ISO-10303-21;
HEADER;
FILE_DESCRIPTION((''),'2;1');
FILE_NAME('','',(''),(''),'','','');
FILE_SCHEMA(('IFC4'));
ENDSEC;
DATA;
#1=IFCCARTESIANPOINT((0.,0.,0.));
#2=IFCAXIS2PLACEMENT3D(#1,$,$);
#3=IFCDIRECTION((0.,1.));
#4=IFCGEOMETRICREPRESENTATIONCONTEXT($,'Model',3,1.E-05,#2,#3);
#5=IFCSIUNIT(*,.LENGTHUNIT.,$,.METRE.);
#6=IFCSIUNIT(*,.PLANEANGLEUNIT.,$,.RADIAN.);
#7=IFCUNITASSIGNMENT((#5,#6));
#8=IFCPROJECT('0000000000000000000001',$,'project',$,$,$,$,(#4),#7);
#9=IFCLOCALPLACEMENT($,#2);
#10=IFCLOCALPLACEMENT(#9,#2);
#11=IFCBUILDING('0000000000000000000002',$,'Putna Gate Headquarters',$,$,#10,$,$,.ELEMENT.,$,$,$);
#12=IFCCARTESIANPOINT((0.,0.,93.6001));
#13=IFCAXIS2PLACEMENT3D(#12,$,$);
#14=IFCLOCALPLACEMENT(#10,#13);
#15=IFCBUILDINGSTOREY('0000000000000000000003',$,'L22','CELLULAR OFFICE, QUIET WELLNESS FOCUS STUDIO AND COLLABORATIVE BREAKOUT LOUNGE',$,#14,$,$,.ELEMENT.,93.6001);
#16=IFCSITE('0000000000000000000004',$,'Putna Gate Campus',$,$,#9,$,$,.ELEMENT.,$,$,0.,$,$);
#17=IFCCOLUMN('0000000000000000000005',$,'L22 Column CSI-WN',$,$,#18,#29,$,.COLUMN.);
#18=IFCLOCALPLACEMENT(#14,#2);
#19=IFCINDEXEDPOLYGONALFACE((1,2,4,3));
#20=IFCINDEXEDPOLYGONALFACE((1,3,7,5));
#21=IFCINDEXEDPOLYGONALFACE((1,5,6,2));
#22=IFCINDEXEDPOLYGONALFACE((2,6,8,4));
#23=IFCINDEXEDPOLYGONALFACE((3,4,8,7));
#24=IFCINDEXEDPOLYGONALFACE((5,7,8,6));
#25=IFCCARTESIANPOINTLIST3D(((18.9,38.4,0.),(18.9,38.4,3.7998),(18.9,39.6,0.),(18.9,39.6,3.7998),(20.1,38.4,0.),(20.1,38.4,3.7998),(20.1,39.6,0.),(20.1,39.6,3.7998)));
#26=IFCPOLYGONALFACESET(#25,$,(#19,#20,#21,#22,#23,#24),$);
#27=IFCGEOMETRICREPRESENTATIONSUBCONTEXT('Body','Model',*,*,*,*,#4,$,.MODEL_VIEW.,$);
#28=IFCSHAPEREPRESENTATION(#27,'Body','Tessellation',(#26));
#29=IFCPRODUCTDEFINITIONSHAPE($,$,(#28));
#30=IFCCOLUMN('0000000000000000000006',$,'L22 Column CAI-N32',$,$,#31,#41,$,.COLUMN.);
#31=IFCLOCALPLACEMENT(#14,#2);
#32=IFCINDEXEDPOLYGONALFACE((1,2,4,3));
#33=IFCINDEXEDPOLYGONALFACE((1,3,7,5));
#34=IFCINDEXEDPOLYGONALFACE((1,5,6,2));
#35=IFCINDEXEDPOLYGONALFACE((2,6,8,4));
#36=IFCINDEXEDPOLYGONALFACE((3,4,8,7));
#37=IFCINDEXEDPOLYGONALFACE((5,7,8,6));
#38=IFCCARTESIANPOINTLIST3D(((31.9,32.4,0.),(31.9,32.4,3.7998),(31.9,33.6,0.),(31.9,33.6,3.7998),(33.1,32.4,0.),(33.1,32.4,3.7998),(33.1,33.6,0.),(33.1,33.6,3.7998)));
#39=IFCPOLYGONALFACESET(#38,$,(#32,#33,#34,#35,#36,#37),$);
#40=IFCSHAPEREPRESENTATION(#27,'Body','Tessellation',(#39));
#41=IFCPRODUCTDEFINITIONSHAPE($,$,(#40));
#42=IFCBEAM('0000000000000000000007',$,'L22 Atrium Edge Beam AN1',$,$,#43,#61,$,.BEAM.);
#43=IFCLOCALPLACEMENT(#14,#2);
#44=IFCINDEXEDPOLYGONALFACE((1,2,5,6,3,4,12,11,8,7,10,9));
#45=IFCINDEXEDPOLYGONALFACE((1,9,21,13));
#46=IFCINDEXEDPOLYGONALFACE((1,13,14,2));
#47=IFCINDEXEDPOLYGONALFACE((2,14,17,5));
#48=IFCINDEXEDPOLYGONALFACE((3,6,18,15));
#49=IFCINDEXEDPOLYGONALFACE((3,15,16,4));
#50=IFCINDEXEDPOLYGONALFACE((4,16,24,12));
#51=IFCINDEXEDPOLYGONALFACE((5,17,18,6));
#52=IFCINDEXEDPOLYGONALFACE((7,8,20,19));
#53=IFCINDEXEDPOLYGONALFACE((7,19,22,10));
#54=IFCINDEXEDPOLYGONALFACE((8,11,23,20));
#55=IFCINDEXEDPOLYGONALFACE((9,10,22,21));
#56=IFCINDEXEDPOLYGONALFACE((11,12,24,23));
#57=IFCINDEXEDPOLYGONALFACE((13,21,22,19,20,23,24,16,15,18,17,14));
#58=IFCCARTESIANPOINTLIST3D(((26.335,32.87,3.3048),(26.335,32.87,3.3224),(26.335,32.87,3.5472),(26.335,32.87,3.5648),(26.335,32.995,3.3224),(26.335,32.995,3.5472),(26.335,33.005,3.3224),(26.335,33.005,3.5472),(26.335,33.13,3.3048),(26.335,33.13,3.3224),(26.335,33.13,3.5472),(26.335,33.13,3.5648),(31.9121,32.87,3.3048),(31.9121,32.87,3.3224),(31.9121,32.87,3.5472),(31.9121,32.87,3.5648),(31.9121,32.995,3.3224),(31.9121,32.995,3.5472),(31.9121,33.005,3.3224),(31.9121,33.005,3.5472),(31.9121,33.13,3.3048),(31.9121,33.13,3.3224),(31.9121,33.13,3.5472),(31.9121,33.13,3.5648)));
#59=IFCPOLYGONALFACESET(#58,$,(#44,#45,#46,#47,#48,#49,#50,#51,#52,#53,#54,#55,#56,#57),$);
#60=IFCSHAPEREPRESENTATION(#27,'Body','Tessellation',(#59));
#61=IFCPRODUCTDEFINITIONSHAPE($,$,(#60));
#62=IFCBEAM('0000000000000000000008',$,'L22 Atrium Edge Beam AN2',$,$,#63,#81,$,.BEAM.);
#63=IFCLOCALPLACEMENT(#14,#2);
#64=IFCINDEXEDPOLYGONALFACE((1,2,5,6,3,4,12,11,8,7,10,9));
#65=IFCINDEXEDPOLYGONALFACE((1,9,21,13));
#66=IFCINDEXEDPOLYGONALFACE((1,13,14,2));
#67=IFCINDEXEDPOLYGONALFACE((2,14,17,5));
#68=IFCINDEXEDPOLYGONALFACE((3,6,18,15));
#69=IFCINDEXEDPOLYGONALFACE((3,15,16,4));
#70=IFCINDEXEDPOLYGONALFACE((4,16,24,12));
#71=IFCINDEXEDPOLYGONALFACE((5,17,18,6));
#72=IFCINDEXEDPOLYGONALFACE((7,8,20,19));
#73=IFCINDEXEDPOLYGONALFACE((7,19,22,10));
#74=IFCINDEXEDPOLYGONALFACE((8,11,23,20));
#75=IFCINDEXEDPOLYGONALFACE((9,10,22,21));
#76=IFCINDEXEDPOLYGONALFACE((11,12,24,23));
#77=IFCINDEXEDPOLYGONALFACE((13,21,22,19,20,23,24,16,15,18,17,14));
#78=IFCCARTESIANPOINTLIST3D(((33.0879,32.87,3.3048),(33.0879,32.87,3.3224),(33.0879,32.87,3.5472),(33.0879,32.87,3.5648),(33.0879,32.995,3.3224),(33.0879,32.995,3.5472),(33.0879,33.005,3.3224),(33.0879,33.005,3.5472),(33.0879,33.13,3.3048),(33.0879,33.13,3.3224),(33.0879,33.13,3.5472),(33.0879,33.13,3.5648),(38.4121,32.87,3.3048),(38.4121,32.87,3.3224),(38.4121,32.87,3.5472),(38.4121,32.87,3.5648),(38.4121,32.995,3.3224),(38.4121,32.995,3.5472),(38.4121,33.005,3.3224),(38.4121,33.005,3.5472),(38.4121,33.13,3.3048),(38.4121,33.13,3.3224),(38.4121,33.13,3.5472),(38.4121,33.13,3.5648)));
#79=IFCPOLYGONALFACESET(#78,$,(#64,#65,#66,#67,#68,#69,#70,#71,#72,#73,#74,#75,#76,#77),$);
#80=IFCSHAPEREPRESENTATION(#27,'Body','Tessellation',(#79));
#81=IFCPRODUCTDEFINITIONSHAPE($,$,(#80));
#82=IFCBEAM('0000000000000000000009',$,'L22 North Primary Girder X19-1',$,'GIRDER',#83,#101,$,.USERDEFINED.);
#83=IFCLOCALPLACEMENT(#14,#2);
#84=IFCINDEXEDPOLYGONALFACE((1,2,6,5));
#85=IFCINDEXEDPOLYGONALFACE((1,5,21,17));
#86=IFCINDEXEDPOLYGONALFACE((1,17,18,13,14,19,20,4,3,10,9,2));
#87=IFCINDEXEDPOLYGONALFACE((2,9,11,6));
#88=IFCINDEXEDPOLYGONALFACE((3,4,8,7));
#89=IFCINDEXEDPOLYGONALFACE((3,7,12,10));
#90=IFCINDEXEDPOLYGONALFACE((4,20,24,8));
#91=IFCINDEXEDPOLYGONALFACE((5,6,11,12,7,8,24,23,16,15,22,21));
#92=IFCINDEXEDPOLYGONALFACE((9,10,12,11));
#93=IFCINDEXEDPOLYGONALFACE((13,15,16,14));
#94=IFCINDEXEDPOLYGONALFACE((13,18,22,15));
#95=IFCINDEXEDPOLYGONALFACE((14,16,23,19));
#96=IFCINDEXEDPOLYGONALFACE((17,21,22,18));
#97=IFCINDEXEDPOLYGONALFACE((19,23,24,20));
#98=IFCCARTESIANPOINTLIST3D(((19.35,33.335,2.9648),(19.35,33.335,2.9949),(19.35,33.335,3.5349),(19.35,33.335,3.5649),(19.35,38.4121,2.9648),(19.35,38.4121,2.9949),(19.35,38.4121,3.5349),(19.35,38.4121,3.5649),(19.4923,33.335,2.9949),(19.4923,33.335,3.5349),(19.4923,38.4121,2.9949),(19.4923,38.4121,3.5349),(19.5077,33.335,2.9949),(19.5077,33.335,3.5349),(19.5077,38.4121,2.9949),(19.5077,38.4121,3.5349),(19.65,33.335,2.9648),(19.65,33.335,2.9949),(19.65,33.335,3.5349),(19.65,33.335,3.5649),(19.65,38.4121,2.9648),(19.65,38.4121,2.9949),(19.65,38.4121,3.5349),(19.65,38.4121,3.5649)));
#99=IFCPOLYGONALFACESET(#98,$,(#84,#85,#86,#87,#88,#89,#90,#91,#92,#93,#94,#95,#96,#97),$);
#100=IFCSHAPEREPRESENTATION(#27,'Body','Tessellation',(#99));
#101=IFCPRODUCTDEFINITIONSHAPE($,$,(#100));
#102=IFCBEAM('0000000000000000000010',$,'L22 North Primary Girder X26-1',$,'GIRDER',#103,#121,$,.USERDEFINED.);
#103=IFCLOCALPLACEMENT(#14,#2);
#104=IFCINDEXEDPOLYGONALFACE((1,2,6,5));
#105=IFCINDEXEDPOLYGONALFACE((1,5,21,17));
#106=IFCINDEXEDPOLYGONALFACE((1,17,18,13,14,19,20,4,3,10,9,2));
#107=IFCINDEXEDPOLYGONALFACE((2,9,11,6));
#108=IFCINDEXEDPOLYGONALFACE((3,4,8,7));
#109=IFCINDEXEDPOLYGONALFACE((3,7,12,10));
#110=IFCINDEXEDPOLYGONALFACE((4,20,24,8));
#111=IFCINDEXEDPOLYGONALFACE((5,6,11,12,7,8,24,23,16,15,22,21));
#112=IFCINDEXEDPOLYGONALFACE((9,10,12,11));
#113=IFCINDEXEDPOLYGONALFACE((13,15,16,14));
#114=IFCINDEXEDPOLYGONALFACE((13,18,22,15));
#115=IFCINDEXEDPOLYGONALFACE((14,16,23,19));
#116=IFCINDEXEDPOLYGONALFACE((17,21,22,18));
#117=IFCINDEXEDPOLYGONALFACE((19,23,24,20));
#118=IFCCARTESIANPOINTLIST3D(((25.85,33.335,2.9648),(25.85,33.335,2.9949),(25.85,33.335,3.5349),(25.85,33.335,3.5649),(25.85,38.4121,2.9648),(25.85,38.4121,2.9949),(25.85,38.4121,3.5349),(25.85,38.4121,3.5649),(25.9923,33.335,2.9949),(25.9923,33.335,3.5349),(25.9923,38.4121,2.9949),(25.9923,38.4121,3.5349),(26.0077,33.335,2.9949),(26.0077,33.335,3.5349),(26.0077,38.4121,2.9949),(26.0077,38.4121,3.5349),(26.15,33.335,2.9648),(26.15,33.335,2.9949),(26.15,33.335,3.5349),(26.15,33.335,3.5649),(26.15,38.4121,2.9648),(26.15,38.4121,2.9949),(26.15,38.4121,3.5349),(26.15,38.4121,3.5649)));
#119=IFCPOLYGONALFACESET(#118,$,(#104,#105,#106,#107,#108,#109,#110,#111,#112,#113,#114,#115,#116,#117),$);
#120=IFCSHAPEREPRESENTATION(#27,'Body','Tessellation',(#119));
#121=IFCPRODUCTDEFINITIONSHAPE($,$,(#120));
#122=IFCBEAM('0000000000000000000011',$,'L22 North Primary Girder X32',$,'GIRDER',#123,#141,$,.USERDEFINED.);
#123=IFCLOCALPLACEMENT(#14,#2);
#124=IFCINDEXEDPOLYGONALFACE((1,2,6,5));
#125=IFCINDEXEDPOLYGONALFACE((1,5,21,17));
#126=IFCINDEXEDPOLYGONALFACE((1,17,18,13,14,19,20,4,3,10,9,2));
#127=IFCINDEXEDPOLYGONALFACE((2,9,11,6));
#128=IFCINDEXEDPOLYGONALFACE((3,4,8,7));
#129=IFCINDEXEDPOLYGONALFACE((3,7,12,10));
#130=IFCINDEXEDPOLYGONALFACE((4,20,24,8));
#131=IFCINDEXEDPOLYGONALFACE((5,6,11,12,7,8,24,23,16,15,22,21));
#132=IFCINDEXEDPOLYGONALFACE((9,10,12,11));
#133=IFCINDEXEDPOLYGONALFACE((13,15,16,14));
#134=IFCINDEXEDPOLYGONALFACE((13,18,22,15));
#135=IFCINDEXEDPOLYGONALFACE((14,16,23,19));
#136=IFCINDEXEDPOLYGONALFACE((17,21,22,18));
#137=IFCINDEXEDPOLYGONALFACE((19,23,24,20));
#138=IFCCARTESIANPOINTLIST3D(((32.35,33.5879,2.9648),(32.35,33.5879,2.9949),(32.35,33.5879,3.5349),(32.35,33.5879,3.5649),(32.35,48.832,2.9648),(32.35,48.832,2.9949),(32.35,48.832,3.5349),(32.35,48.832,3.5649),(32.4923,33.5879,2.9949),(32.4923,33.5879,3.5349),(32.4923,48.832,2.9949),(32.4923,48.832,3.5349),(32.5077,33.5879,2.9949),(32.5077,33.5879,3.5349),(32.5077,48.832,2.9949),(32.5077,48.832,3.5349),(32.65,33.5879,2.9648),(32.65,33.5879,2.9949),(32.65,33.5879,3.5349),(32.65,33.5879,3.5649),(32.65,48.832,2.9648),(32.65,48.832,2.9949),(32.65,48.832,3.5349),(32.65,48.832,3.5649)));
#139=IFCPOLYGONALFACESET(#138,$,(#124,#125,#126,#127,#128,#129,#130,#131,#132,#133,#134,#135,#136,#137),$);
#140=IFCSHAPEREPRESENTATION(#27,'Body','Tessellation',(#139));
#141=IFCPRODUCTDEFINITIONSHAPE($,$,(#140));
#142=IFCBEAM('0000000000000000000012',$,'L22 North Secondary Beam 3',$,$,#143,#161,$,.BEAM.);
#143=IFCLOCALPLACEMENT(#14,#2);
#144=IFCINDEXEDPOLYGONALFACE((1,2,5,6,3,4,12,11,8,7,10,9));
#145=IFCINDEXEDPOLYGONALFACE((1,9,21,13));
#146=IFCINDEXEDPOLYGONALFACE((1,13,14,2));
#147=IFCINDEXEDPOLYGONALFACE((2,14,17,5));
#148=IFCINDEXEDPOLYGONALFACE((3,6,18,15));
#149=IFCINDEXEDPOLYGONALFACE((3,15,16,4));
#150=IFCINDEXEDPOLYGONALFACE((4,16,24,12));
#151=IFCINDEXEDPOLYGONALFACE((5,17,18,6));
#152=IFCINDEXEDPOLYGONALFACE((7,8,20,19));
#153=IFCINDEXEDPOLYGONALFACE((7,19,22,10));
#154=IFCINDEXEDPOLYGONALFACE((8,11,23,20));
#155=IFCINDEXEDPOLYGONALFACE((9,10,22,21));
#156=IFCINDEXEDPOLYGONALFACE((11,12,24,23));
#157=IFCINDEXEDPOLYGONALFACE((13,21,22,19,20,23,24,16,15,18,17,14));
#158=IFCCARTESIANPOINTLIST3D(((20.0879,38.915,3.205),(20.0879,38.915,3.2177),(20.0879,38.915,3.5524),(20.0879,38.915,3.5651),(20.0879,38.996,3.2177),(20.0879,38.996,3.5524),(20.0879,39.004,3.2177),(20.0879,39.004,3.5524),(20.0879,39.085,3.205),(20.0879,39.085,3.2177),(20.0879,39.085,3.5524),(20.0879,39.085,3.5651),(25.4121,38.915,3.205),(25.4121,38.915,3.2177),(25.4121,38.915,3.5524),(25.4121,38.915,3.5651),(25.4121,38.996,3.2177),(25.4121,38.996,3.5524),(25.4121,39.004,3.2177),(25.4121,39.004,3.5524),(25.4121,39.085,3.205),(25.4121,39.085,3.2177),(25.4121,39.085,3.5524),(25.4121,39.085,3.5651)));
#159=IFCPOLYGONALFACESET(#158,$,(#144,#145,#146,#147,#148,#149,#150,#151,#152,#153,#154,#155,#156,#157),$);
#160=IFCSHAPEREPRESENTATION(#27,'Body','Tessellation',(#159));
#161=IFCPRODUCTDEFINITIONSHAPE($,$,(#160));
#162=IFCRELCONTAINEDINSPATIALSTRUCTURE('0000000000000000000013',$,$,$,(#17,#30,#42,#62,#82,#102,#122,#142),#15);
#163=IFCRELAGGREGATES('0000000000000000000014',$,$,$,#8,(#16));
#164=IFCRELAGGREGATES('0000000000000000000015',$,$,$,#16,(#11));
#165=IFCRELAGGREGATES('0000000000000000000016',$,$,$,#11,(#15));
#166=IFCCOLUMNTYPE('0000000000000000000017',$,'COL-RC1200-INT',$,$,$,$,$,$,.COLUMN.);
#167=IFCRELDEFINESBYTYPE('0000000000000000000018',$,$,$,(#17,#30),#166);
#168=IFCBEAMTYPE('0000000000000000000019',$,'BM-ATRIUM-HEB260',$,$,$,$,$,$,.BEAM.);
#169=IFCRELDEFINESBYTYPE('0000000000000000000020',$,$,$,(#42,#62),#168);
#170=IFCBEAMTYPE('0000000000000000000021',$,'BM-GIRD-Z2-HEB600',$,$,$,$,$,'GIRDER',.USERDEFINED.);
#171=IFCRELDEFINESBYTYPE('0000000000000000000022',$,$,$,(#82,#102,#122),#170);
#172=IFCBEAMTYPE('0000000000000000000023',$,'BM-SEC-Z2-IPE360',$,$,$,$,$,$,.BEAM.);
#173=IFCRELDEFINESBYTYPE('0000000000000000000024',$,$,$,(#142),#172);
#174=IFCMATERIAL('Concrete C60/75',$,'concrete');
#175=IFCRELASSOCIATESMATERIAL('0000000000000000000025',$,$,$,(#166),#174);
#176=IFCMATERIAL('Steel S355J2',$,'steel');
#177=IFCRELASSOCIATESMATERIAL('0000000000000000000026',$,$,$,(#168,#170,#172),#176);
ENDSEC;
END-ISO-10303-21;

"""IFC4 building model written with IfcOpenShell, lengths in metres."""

from ifc_helpers import new_model, si_unit, direction, frame, origin, origin_2d, place, context, subcontext, project, spatial, rectangle, i_section, extrude, material, material_profile, profile_set, type_object, element, save


model = new_model("IFC4")

# Units and contexts
model_context = context("Model", 3, precision=1e-05, world=origin(), true_north=direction((0.0, 1.0)))
body_context = subcontext(model_context, "Body", "Model", "MODEL_VIEW")
ifc_project = project(units=[si_unit("LENGTHUNIT", "METRE"), si_unit("PLANEANGLEUNIT", "RADIAN")], contexts=[model_context])

# Site, building, storey
site_placement = place(None, origin())
site = spatial("IfcSite", under=ifc_project, at=site_placement, Name="Putna Gate Campus", CompositionType="ELEMENT", RefElevation=0.0)
building_placement = place(site_placement, origin())
building = spatial("IfcBuilding", under=site, at=building_placement, Name="Putna Gate Headquarters", CompositionType="ELEMENT")
storey_placement = place(building_placement, frame((0.0, 0.0, 93.6001)))
storey = spatial("IfcBuildingStorey", under=building, at=storey_placement, Name="L22", Description="CELLULAR OFFICE, QUIET WELLNESS FOCUS STUDIO AND COLLABORATIVE BREAKOUT LOUNGE", CompositionType="ELEMENT", Elevation=93.6001)

# Columns
ifc_material_1 = material(Name="Concrete C60/75", Category="concrete")
ifc_material_profile_1 = material_profile(ifc_material_1, rectangle(XDim=1.2, YDim=1.2, at=origin_2d()), Name="Concrete C60/75")
ifc_profile_set_1 = profile_set([ifc_material_profile_1], Name="Concrete C60/75")
column_type = type_object("IfcColumnType", Name="COL-RC1200-INT", PredefinedType="COLUMN", material=ifc_profile_set_1)
for number, where, z_axis, x_axis, name in (
    (1, (19.5, 39.0, 0.0), (0.0, 0.0, 1.0), (1.0, 0.0, 0.0), "L22 Column CSI-WN"),
    (2, (32.5, 33.0, 0.0), (0.0, 0.0, 1.0), (1.0, 0.0, 0.0), "L22 Column CAI-N32"),
):
    element("IfcColumn", number, at=place(storey_placement, frame(where, z_axis=z_axis, x_axis=x_axis)), inside=storey, type_object=column_type, Name=name, PredefinedType="COLUMN", context=body_context, shape_type="SweptSolid", body=[
        extrude(rectangle(XDim=1.2, YDim=1.2, at=origin_2d()), origin(), (0.0, 0.0, 1.0), 3.7998),
    ])

# Beams
ifc_material_2 = material(Name="Steel S355J2", Category="steel")
ifc_material_profile_2 = material_profile(ifc_material_2, i_section(OverallWidth=0.26, OverallDepth=0.26, WebThickness=0.01, FlangeThickness=0.0176, at=origin_2d()), Name="Steel S355J2")
ifc_profile_set_2 = profile_set([ifc_material_profile_2], Name="Steel S355J2")
beam_type_1 = type_object("IfcBeamType", Name="BM-ATRIUM-HEB260", PredefinedType="BEAM", material=ifc_profile_set_2)
beam_1_placement = place(storey_placement, frame((26.335, 33.0, 3.4348), z_axis=(1.0, 0.0, 0.0), x_axis=(0.0, 1.0, 0.0)))
element("IfcBeam", 3, at=beam_1_placement, inside=storey, type_object=beam_type_1, Name="L22 Atrium Edge Beam AN1", PredefinedType="BEAM", context=body_context, shape_type="SweptSolid", body=[
    extrude(i_section(OverallWidth=0.26, OverallDepth=0.26, WebThickness=0.01, FlangeThickness=0.0176, at=origin_2d()), origin(), (0.0, 0.0, 1.0), 5.5771),
])
beam_2_placement = place(storey_placement, frame((33.0879, 33.0, 3.4348), z_axis=(1.0, 0.0, 0.0), x_axis=(0.0, 1.0, 0.0)))
element("IfcBeam", 4, at=beam_2_placement, inside=storey, type_object=beam_type_1, Name="L22 Atrium Edge Beam AN2", PredefinedType="BEAM", context=body_context, shape_type="SweptSolid", body=[
    extrude(i_section(OverallWidth=0.26, OverallDepth=0.26, WebThickness=0.01, FlangeThickness=0.0176, at=origin_2d()), origin(), (0.0, 0.0, 1.0), 5.3242),
])
ifc_material_profile_3 = material_profile(ifc_material_2, i_section(OverallWidth=0.3, OverallDepth=0.6001, WebThickness=0.0154, FlangeThickness=0.03, at=origin_2d()), Name="Steel S355J2")
ifc_profile_set_3 = profile_set([ifc_material_profile_3], Name="Steel S355J2")
beam_type_2 = type_object("IfcBeamType", Name="BM-GIRD-Z2-HEB600", ElementType="GIRDER", PredefinedType="USERDEFINED", material=ifc_profile_set_3)
for number, where, z_axis, x_axis, name in (
    (5, (19.5, 33.335, 3.2649), (0.0, 1.0, 0.0), (-1.0, 0.0, 0.0), "L22 North Primary Girder X19-1"),
    (6, (26.0, 33.335, 3.2649), (0.0, 1.0, 0.0), (-1.0, 0.0, 0.0), "L22 North Primary Girder X26-1"),
):
    element("IfcBeam", number, at=place(storey_placement, frame(where, z_axis=z_axis, x_axis=x_axis)), inside=storey, type_object=beam_type_2, Name=name, ObjectType="GIRDER", PredefinedType="USERDEFINED", context=body_context, shape_type="SweptSolid", body=[
        extrude(i_section(OverallWidth=0.3, OverallDepth=0.6001, WebThickness=0.0154, FlangeThickness=0.03, at=origin_2d()), origin(), (0.0, 0.0, 1.0), 5.0771),
    ])
beam_3_placement = place(storey_placement, frame((32.5, 33.5879, 3.2649), z_axis=(0.0, 1.0, 0.0), x_axis=(-1.0, 0.0, 0.0)))
element("IfcBeam", 7, at=beam_3_placement, inside=storey, type_object=beam_type_2, Name="L22 North Primary Girder X32", ObjectType="GIRDER", PredefinedType="USERDEFINED", context=body_context, shape_type="SweptSolid", body=[
    extrude(i_section(OverallWidth=0.3, OverallDepth=0.6001, WebThickness=0.0154, FlangeThickness=0.03, at=origin_2d()), origin(), (0.0, 0.0, 1.0), 15.2441),
])
ifc_material_profile_4 = material_profile(ifc_material_2, i_section(OverallWidth=0.1699, OverallDepth=0.3601, WebThickness=0.0081, FlangeThickness=0.0127, at=origin_2d()), Name="Steel S355J2")
ifc_profile_set_4 = profile_set([ifc_material_profile_4], Name="Steel S355J2")
beam_type_3 = type_object("IfcBeamType", Name="BM-SEC-Z2-IPE360", PredefinedType="BEAM", material=ifc_profile_set_4)
beam_4_placement = place(storey_placement, frame((20.0879, 39.0, 3.385), z_axis=(1.0, 0.0, 0.0), x_axis=(0.0, 1.0, 0.0)))
element("IfcBeam", 8, at=beam_4_placement, inside=storey, type_object=beam_type_3, Name="L22 North Secondary Beam 3", PredefinedType="BEAM", context=body_context, shape_type="SweptSolid", body=[
    extrude(i_section(OverallWidth=0.1699, OverallDepth=0.3601, WebThickness=0.0081, FlangeThickness=0.0127, at=origin_2d()), origin(), (0.0, 0.0, 1.0), 5.3242),
])

save(model, "model.ifc")
